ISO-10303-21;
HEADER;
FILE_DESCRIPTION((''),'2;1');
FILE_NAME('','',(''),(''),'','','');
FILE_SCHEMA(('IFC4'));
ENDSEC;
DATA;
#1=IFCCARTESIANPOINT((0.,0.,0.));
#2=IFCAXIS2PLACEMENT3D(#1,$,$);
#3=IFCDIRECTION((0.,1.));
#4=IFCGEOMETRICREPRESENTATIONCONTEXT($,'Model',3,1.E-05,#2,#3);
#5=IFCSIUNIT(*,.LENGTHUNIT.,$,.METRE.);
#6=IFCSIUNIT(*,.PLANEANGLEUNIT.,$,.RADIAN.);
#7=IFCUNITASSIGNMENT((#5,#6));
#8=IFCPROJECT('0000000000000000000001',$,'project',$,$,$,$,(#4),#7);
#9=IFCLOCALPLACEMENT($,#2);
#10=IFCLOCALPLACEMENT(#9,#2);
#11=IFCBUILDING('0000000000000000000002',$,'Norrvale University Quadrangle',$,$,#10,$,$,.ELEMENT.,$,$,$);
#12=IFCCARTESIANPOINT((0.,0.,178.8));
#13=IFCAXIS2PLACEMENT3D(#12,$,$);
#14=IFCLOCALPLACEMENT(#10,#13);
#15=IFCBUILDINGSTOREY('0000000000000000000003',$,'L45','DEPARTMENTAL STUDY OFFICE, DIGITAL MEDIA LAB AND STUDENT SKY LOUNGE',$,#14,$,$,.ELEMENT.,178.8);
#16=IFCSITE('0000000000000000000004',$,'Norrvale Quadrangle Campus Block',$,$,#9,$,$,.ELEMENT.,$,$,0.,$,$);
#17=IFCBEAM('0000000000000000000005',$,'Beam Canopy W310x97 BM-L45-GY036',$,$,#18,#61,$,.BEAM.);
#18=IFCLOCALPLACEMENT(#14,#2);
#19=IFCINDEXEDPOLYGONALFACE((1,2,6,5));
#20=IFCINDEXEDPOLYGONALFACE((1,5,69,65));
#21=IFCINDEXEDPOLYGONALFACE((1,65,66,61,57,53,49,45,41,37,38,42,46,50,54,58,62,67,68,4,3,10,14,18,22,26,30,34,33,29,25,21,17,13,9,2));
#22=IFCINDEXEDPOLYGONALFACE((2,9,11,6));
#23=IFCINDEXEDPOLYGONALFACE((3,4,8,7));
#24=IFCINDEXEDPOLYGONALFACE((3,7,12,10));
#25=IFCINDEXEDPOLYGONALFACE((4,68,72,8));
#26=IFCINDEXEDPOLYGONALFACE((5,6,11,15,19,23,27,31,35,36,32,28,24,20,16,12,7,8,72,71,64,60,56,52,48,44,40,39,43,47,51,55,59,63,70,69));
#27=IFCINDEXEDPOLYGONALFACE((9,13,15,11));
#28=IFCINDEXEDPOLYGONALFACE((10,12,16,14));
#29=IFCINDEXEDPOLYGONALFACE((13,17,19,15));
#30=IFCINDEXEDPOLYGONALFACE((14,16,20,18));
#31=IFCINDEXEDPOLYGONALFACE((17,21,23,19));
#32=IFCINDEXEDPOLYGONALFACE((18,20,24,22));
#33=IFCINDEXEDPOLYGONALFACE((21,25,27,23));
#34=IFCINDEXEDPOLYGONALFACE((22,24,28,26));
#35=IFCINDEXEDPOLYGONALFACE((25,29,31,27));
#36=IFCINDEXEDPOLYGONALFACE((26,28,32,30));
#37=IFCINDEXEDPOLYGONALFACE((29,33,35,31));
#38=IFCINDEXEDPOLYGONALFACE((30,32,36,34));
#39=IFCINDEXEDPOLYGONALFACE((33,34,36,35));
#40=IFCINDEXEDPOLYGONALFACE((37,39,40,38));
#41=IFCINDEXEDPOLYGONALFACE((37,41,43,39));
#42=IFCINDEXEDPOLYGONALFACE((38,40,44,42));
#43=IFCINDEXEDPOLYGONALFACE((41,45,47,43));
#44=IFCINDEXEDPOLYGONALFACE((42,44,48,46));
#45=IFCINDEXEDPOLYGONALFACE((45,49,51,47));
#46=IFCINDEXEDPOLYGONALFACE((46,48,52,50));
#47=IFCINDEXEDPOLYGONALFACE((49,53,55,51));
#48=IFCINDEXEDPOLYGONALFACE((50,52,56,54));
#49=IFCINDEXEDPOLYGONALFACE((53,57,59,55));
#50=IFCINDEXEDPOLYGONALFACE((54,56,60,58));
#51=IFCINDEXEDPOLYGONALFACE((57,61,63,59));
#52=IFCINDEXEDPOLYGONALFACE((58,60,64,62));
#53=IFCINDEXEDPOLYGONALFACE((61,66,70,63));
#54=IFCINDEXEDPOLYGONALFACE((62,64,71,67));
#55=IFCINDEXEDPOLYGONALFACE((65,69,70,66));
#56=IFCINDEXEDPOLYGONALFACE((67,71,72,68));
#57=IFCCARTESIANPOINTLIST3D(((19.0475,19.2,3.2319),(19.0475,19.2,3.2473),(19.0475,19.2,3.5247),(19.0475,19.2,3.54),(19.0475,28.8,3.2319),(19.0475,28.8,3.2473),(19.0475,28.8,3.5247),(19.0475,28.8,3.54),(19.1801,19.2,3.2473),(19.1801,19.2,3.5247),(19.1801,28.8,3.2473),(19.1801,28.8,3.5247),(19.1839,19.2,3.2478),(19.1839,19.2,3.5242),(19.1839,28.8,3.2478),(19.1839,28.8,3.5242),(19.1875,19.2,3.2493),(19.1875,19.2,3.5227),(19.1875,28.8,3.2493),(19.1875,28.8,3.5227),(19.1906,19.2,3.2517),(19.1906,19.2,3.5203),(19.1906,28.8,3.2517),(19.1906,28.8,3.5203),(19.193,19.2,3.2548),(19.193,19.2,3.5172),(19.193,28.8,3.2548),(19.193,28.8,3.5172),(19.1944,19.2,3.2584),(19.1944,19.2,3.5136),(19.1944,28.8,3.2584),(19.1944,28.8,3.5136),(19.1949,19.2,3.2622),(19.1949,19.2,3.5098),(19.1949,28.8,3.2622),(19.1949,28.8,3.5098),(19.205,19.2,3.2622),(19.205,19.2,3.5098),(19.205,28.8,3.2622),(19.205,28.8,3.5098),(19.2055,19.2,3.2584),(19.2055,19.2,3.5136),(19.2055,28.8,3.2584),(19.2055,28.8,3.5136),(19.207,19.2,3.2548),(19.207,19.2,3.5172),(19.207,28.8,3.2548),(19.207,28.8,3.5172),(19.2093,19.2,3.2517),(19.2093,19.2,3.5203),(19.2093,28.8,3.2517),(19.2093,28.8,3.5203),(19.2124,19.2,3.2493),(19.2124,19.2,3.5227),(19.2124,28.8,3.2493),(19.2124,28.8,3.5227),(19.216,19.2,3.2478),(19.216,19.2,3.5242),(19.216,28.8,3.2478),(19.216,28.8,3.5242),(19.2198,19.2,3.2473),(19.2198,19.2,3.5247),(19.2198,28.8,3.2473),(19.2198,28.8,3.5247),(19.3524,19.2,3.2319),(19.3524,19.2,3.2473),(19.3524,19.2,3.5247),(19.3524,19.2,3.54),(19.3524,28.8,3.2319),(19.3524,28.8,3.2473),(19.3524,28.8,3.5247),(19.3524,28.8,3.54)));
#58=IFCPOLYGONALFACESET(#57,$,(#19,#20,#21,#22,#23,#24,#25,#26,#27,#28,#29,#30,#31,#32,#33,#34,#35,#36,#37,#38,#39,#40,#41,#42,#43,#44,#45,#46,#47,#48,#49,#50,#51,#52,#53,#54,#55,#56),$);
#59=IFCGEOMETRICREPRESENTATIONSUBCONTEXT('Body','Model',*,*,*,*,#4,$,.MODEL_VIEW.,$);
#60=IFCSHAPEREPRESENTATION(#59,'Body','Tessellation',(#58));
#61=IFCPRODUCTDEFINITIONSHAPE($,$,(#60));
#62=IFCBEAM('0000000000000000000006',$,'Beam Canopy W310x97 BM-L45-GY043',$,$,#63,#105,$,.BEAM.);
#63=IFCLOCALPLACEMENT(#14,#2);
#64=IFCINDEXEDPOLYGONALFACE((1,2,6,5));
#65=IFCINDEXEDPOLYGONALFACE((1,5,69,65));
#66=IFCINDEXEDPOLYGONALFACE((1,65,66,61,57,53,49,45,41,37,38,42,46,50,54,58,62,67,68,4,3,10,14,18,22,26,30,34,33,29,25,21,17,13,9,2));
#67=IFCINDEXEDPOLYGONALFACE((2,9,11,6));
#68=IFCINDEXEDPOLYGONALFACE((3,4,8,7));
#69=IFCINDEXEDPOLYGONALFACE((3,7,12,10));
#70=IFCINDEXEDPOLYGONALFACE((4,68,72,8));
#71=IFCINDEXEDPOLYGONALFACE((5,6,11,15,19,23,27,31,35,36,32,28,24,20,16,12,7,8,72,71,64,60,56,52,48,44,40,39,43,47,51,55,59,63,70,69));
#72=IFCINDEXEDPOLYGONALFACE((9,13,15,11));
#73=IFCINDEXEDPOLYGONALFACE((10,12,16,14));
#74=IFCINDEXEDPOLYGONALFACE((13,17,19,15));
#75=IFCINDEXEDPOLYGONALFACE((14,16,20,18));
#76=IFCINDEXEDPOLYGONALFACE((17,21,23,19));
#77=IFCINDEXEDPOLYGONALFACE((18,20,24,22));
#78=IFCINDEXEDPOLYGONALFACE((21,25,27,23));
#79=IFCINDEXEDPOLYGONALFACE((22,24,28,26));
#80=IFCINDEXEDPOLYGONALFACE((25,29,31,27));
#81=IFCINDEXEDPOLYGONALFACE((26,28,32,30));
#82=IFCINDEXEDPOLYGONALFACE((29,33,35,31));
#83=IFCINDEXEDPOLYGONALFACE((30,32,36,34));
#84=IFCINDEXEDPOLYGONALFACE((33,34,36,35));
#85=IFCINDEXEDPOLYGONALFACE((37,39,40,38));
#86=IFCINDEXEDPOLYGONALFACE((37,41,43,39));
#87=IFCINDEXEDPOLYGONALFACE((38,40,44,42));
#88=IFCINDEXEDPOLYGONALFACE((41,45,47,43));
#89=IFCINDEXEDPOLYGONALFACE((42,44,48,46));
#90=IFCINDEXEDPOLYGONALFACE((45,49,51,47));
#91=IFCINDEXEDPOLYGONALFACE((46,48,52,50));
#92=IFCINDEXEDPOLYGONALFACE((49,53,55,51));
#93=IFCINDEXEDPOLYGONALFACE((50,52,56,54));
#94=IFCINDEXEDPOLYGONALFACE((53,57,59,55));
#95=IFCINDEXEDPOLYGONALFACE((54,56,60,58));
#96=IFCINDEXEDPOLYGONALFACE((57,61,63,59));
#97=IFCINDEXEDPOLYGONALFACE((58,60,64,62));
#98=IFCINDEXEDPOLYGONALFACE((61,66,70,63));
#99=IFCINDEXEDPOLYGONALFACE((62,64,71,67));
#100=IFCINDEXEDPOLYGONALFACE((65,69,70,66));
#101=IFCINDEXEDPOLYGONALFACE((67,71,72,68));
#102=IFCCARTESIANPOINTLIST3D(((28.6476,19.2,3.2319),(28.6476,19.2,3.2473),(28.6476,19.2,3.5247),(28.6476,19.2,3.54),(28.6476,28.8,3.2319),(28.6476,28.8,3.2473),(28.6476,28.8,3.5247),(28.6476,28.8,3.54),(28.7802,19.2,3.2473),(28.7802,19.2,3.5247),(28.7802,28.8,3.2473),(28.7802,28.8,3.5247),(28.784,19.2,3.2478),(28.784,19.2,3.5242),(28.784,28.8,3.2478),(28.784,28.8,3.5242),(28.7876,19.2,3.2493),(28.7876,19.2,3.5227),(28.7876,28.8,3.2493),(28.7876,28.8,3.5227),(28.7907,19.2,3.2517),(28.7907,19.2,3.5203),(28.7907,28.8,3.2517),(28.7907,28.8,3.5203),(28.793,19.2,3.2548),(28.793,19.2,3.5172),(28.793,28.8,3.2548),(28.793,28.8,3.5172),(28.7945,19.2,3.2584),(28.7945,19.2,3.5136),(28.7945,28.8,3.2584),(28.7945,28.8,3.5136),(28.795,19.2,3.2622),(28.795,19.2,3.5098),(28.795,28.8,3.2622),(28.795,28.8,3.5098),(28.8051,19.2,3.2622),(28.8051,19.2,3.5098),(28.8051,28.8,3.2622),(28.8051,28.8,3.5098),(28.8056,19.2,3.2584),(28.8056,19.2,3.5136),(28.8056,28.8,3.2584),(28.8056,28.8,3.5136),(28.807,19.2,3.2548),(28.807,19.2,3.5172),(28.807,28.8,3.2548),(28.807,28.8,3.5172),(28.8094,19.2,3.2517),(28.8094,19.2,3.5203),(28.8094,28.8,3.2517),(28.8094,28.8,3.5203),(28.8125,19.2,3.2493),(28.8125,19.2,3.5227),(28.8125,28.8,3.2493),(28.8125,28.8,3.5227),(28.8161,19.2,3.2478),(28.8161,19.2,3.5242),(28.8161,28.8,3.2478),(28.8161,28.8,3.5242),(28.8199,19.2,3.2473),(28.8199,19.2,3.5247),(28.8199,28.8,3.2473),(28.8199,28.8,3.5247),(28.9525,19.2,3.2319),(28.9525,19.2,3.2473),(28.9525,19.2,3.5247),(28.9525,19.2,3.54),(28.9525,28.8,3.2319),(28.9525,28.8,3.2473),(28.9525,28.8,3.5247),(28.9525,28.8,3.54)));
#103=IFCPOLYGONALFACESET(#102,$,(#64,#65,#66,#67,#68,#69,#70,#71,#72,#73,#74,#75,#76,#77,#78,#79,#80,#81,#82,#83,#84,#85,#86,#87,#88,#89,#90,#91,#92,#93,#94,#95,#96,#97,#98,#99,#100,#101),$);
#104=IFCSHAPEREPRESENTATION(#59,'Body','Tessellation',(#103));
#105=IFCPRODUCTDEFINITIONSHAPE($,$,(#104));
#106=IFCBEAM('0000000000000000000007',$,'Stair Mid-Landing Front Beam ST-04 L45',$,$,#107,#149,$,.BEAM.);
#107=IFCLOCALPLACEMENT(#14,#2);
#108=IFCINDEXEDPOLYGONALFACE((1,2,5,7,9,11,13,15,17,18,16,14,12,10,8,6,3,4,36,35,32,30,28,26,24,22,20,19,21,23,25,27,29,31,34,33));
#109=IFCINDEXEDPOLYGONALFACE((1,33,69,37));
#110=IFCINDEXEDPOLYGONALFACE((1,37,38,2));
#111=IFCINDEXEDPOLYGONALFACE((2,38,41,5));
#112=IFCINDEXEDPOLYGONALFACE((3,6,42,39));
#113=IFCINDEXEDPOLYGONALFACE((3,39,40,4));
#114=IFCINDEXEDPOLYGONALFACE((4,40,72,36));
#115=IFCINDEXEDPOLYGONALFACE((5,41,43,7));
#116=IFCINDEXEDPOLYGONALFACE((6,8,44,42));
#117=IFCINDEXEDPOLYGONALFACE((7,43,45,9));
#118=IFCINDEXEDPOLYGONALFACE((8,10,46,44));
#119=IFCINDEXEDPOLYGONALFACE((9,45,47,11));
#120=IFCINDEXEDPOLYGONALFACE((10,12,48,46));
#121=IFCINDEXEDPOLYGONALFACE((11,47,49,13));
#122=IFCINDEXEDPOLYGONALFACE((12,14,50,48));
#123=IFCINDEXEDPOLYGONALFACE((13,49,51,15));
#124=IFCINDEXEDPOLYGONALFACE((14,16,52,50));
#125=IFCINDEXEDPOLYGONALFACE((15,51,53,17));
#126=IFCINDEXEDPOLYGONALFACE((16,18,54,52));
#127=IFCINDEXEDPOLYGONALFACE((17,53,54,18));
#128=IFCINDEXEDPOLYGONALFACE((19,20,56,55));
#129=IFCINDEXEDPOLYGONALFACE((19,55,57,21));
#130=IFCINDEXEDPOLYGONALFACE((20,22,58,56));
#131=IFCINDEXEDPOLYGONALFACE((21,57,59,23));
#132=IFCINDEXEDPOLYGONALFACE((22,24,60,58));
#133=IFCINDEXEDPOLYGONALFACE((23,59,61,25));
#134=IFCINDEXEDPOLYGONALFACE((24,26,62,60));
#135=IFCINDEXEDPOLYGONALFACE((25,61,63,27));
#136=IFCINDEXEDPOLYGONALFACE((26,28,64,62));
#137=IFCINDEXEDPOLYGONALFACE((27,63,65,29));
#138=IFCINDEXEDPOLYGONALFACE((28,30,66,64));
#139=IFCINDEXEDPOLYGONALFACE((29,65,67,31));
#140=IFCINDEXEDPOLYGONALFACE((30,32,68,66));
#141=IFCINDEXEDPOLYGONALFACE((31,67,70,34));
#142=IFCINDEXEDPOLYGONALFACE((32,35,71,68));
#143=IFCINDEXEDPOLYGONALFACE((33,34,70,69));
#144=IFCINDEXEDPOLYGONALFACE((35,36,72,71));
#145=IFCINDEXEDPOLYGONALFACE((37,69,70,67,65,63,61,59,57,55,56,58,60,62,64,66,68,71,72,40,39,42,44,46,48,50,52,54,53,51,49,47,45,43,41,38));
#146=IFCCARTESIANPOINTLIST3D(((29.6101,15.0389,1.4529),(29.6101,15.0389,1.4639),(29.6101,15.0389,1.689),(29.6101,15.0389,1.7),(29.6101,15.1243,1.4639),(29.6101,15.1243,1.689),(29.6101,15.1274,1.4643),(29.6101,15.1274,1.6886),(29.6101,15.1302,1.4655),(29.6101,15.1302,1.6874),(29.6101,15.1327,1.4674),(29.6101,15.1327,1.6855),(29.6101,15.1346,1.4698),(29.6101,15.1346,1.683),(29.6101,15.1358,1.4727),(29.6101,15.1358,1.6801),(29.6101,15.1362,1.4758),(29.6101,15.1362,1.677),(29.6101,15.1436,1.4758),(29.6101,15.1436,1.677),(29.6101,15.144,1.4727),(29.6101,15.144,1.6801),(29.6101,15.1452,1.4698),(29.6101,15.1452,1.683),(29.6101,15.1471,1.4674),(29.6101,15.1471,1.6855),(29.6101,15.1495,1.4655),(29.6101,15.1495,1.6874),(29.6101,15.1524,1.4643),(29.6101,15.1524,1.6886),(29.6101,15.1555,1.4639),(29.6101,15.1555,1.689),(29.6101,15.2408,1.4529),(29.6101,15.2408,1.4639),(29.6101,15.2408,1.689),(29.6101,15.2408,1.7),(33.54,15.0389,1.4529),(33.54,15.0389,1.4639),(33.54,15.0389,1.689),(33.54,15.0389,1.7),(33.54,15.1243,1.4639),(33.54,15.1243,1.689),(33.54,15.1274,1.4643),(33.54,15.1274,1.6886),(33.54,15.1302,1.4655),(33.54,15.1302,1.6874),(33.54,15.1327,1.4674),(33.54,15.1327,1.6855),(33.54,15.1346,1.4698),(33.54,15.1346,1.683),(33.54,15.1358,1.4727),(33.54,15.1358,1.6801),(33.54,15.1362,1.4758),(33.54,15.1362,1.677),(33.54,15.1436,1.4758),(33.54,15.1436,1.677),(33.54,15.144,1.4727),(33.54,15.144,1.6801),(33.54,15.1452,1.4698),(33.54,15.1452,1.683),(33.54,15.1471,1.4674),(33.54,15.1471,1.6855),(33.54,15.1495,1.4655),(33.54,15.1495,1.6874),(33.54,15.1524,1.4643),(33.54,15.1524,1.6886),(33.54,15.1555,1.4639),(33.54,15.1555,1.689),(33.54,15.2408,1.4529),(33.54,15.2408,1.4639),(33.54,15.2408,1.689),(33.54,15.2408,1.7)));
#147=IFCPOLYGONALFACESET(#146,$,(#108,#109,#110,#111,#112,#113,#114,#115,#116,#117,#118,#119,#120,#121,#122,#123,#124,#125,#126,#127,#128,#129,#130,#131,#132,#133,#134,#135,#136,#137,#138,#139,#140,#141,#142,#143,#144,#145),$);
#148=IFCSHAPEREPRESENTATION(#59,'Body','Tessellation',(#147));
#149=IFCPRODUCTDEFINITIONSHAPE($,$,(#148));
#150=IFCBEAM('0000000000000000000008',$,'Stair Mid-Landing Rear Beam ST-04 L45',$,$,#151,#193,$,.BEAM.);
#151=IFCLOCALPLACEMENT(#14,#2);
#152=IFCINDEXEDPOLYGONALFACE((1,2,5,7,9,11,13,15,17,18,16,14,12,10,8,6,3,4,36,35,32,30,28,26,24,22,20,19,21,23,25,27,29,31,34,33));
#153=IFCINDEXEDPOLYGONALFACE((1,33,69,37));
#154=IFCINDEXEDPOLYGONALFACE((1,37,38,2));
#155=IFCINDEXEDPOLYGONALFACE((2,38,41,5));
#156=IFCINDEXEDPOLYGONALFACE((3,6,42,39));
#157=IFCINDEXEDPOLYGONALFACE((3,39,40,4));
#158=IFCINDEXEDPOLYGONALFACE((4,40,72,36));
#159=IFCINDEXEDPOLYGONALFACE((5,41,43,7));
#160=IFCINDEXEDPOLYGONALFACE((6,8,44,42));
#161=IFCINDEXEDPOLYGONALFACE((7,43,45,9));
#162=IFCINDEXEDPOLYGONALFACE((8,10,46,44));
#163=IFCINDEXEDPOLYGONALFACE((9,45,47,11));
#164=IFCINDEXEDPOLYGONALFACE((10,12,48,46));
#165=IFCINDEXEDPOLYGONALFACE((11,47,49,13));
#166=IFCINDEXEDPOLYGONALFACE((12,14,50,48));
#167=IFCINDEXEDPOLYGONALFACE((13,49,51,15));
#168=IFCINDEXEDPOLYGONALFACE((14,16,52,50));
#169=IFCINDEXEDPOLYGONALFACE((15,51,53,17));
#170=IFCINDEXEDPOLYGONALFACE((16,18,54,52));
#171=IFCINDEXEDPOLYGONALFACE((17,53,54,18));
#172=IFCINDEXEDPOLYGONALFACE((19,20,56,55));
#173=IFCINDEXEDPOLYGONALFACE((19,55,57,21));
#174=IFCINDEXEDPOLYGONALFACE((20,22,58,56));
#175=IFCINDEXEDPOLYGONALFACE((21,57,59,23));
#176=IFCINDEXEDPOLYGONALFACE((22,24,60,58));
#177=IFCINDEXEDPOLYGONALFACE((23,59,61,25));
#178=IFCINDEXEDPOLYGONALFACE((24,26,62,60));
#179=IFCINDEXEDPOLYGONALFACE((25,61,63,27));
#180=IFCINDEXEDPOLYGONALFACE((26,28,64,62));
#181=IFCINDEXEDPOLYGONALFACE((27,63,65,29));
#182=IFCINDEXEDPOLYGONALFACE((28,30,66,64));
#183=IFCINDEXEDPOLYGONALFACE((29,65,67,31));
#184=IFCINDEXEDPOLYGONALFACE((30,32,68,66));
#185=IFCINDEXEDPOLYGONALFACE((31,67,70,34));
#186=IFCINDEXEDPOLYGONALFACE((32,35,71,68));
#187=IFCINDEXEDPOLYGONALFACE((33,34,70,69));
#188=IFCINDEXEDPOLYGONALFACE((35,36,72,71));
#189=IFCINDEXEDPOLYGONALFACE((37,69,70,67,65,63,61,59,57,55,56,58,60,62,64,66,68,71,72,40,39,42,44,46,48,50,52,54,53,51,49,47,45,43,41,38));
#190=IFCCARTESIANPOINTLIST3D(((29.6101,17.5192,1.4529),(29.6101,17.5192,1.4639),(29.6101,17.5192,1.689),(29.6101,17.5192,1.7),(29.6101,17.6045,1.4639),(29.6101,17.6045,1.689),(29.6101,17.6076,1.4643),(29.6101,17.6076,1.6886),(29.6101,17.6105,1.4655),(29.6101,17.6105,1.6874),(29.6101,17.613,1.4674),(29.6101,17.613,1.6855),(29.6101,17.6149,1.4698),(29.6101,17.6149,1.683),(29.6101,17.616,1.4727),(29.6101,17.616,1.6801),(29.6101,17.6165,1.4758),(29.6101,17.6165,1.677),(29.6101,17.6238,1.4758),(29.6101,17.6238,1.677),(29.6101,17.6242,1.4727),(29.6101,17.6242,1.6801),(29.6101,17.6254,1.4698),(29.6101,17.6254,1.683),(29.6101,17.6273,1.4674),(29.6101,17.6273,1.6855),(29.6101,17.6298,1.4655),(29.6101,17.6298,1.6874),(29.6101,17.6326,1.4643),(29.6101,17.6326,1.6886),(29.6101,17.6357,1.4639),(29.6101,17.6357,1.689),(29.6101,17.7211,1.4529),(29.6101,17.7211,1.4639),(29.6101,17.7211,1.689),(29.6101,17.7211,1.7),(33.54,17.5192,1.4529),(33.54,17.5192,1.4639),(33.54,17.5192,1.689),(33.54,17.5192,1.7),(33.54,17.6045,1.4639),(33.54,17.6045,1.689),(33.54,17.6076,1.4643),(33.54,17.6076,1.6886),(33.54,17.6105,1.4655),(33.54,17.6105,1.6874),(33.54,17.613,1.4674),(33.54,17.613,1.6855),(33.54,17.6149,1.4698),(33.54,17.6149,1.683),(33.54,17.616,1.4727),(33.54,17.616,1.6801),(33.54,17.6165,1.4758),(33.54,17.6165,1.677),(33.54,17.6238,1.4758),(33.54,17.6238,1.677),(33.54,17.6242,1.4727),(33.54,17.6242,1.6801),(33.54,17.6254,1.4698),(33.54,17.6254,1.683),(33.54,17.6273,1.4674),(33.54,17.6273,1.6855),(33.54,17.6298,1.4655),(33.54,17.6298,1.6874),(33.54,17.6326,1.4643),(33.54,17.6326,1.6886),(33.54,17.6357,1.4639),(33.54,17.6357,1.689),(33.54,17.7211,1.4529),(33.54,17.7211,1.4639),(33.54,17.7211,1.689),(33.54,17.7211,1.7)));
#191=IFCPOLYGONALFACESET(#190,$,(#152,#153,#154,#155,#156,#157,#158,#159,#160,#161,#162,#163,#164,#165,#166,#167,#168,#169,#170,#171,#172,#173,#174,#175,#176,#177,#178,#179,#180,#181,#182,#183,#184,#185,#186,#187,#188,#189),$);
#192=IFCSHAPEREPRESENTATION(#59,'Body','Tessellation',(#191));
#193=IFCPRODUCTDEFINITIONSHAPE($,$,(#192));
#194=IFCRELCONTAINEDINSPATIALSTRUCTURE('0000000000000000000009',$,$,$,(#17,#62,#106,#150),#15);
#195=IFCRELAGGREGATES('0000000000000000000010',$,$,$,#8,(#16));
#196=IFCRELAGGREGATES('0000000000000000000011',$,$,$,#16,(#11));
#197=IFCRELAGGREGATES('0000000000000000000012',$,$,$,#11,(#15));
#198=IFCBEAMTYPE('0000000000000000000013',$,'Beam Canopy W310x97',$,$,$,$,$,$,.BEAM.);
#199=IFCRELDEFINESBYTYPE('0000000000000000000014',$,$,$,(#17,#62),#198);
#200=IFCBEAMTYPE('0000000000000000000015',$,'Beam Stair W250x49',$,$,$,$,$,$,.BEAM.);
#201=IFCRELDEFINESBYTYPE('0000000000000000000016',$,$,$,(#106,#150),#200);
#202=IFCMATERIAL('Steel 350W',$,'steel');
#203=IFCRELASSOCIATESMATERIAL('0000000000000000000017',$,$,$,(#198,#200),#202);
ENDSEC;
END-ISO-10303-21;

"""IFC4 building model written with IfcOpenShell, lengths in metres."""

from ifc_helpers import new_model, si_unit, direction, frame, origin, origin_2d, place, context, subcontext, project, spatial, i_section, extrude, material, material_profile, profile_set, type_object, element, save


model = new_model("IFC4")

# Units and contexts
model_context = context("Model", 3, precision=1e-05, world=origin(), true_north=direction((0.0, 1.0)))
body_context = subcontext(model_context, "Body", "Model", "MODEL_VIEW")
ifc_project = project(units=[si_unit("LENGTHUNIT", "METRE"), si_unit("PLANEANGLEUNIT", "RADIAN")], contexts=[model_context])

# Site, building, storey
site_placement = place(None, origin())
site = spatial("IfcSite", under=ifc_project, at=site_placement, Name="Norrvale Quadrangle Campus Block", CompositionType="ELEMENT", RefElevation=0.0)
building_placement = place(site_placement, origin())
building = spatial("IfcBuilding", under=site, at=building_placement, Name="Norrvale University Quadrangle", CompositionType="ELEMENT")
storey_placement = place(building_placement, frame((0.0, 0.0, 178.8)))
storey = spatial("IfcBuildingStorey", under=building, at=storey_placement, Name="L45", Description="DEPARTMENTAL STUDY OFFICE, DIGITAL MEDIA LAB AND STUDENT SKY LOUNGE", CompositionType="ELEMENT", Elevation=178.8)

# Beams
ifc_material_1 = material(Name="Steel 350W", Category="steel")
ifc_material_profile_1 = material_profile(ifc_material_1, i_section(OverallWidth=0.3049, OverallDepth=0.3081, WebThickness=0.01, FlangeThickness=0.0154, FilletRadius=0.0149, at=origin_2d()), Name="Steel 350W")
ifc_profile_set_1 = profile_set([ifc_material_profile_1], Name="Steel 350W")
beam_type_1 = type_object("IfcBeamType", Name="Beam Canopy W310x97", PredefinedType="BEAM", material=ifc_profile_set_1)
for number, where, z_axis, x_axis, name in (
    (1, (19.2, 19.2, 3.386), (0.0, 1.0, 0.0), (-1.0, 0.0, 0.0), "Beam Canopy W310x97 BM-L45-GY036"),
    (2, (28.8, 19.2, 3.386), (0.0, 1.0, 0.0), (-1.0, 0.0, 0.0), "Beam Canopy W310x97 BM-L45-GY043"),
):
    element("IfcBeam", number, at=place(storey_placement, frame(where, z_axis=z_axis, x_axis=x_axis)), inside=storey, type_object=beam_type_1, Name=name, PredefinedType="BEAM", context=body_context, shape_type="SweptSolid", body=[
        extrude(i_section(OverallWidth=0.3049, OverallDepth=0.3081, WebThickness=0.01, FlangeThickness=0.0154, FilletRadius=0.0149, at=origin_2d()), origin(), (0.0, 0.0, 1.0), 9.6001),
    ])
ifc_material_profile_2 = material_profile(ifc_material_1, i_section(OverallWidth=0.2019, OverallDepth=0.2471, WebThickness=0.0073, FlangeThickness=0.011, FilletRadius=0.012, at=origin_2d()), Name="Steel 350W")
ifc_profile_set_2 = profile_set([ifc_material_profile_2], Name="Steel 350W")
beam_type_2 = type_object("IfcBeamType", Name="Beam Stair W250x49", PredefinedType="BEAM", material=ifc_profile_set_2)
for number, where, z_axis, x_axis, name in (
    (3, (29.6101, 15.1399, 1.5764), (1.0, 0.0, 0.0), (0.0, 1.0, 0.0), "Stair Mid-Landing Front Beam ST-04 L45"),
    (4, (29.6101, 17.6201, 1.5764), (1.0, 0.0, 0.0), (0.0, 1.0, 0.0), "Stair Mid-Landing Rear Beam ST-04 L45"),
):
    element("IfcBeam", number, at=place(storey_placement, frame(where, z_axis=z_axis, x_axis=x_axis)), inside=storey, type_object=beam_type_2, Name=name, PredefinedType="BEAM", context=body_context, shape_type="SweptSolid", body=[
        extrude(i_section(OverallWidth=0.2019, OverallDepth=0.2471, WebThickness=0.0073, FlangeThickness=0.011, FilletRadius=0.012, at=origin_2d()), origin(), (0.0, 0.0, 1.0), 3.9299),
    ])

save(model, "model.ifc")
